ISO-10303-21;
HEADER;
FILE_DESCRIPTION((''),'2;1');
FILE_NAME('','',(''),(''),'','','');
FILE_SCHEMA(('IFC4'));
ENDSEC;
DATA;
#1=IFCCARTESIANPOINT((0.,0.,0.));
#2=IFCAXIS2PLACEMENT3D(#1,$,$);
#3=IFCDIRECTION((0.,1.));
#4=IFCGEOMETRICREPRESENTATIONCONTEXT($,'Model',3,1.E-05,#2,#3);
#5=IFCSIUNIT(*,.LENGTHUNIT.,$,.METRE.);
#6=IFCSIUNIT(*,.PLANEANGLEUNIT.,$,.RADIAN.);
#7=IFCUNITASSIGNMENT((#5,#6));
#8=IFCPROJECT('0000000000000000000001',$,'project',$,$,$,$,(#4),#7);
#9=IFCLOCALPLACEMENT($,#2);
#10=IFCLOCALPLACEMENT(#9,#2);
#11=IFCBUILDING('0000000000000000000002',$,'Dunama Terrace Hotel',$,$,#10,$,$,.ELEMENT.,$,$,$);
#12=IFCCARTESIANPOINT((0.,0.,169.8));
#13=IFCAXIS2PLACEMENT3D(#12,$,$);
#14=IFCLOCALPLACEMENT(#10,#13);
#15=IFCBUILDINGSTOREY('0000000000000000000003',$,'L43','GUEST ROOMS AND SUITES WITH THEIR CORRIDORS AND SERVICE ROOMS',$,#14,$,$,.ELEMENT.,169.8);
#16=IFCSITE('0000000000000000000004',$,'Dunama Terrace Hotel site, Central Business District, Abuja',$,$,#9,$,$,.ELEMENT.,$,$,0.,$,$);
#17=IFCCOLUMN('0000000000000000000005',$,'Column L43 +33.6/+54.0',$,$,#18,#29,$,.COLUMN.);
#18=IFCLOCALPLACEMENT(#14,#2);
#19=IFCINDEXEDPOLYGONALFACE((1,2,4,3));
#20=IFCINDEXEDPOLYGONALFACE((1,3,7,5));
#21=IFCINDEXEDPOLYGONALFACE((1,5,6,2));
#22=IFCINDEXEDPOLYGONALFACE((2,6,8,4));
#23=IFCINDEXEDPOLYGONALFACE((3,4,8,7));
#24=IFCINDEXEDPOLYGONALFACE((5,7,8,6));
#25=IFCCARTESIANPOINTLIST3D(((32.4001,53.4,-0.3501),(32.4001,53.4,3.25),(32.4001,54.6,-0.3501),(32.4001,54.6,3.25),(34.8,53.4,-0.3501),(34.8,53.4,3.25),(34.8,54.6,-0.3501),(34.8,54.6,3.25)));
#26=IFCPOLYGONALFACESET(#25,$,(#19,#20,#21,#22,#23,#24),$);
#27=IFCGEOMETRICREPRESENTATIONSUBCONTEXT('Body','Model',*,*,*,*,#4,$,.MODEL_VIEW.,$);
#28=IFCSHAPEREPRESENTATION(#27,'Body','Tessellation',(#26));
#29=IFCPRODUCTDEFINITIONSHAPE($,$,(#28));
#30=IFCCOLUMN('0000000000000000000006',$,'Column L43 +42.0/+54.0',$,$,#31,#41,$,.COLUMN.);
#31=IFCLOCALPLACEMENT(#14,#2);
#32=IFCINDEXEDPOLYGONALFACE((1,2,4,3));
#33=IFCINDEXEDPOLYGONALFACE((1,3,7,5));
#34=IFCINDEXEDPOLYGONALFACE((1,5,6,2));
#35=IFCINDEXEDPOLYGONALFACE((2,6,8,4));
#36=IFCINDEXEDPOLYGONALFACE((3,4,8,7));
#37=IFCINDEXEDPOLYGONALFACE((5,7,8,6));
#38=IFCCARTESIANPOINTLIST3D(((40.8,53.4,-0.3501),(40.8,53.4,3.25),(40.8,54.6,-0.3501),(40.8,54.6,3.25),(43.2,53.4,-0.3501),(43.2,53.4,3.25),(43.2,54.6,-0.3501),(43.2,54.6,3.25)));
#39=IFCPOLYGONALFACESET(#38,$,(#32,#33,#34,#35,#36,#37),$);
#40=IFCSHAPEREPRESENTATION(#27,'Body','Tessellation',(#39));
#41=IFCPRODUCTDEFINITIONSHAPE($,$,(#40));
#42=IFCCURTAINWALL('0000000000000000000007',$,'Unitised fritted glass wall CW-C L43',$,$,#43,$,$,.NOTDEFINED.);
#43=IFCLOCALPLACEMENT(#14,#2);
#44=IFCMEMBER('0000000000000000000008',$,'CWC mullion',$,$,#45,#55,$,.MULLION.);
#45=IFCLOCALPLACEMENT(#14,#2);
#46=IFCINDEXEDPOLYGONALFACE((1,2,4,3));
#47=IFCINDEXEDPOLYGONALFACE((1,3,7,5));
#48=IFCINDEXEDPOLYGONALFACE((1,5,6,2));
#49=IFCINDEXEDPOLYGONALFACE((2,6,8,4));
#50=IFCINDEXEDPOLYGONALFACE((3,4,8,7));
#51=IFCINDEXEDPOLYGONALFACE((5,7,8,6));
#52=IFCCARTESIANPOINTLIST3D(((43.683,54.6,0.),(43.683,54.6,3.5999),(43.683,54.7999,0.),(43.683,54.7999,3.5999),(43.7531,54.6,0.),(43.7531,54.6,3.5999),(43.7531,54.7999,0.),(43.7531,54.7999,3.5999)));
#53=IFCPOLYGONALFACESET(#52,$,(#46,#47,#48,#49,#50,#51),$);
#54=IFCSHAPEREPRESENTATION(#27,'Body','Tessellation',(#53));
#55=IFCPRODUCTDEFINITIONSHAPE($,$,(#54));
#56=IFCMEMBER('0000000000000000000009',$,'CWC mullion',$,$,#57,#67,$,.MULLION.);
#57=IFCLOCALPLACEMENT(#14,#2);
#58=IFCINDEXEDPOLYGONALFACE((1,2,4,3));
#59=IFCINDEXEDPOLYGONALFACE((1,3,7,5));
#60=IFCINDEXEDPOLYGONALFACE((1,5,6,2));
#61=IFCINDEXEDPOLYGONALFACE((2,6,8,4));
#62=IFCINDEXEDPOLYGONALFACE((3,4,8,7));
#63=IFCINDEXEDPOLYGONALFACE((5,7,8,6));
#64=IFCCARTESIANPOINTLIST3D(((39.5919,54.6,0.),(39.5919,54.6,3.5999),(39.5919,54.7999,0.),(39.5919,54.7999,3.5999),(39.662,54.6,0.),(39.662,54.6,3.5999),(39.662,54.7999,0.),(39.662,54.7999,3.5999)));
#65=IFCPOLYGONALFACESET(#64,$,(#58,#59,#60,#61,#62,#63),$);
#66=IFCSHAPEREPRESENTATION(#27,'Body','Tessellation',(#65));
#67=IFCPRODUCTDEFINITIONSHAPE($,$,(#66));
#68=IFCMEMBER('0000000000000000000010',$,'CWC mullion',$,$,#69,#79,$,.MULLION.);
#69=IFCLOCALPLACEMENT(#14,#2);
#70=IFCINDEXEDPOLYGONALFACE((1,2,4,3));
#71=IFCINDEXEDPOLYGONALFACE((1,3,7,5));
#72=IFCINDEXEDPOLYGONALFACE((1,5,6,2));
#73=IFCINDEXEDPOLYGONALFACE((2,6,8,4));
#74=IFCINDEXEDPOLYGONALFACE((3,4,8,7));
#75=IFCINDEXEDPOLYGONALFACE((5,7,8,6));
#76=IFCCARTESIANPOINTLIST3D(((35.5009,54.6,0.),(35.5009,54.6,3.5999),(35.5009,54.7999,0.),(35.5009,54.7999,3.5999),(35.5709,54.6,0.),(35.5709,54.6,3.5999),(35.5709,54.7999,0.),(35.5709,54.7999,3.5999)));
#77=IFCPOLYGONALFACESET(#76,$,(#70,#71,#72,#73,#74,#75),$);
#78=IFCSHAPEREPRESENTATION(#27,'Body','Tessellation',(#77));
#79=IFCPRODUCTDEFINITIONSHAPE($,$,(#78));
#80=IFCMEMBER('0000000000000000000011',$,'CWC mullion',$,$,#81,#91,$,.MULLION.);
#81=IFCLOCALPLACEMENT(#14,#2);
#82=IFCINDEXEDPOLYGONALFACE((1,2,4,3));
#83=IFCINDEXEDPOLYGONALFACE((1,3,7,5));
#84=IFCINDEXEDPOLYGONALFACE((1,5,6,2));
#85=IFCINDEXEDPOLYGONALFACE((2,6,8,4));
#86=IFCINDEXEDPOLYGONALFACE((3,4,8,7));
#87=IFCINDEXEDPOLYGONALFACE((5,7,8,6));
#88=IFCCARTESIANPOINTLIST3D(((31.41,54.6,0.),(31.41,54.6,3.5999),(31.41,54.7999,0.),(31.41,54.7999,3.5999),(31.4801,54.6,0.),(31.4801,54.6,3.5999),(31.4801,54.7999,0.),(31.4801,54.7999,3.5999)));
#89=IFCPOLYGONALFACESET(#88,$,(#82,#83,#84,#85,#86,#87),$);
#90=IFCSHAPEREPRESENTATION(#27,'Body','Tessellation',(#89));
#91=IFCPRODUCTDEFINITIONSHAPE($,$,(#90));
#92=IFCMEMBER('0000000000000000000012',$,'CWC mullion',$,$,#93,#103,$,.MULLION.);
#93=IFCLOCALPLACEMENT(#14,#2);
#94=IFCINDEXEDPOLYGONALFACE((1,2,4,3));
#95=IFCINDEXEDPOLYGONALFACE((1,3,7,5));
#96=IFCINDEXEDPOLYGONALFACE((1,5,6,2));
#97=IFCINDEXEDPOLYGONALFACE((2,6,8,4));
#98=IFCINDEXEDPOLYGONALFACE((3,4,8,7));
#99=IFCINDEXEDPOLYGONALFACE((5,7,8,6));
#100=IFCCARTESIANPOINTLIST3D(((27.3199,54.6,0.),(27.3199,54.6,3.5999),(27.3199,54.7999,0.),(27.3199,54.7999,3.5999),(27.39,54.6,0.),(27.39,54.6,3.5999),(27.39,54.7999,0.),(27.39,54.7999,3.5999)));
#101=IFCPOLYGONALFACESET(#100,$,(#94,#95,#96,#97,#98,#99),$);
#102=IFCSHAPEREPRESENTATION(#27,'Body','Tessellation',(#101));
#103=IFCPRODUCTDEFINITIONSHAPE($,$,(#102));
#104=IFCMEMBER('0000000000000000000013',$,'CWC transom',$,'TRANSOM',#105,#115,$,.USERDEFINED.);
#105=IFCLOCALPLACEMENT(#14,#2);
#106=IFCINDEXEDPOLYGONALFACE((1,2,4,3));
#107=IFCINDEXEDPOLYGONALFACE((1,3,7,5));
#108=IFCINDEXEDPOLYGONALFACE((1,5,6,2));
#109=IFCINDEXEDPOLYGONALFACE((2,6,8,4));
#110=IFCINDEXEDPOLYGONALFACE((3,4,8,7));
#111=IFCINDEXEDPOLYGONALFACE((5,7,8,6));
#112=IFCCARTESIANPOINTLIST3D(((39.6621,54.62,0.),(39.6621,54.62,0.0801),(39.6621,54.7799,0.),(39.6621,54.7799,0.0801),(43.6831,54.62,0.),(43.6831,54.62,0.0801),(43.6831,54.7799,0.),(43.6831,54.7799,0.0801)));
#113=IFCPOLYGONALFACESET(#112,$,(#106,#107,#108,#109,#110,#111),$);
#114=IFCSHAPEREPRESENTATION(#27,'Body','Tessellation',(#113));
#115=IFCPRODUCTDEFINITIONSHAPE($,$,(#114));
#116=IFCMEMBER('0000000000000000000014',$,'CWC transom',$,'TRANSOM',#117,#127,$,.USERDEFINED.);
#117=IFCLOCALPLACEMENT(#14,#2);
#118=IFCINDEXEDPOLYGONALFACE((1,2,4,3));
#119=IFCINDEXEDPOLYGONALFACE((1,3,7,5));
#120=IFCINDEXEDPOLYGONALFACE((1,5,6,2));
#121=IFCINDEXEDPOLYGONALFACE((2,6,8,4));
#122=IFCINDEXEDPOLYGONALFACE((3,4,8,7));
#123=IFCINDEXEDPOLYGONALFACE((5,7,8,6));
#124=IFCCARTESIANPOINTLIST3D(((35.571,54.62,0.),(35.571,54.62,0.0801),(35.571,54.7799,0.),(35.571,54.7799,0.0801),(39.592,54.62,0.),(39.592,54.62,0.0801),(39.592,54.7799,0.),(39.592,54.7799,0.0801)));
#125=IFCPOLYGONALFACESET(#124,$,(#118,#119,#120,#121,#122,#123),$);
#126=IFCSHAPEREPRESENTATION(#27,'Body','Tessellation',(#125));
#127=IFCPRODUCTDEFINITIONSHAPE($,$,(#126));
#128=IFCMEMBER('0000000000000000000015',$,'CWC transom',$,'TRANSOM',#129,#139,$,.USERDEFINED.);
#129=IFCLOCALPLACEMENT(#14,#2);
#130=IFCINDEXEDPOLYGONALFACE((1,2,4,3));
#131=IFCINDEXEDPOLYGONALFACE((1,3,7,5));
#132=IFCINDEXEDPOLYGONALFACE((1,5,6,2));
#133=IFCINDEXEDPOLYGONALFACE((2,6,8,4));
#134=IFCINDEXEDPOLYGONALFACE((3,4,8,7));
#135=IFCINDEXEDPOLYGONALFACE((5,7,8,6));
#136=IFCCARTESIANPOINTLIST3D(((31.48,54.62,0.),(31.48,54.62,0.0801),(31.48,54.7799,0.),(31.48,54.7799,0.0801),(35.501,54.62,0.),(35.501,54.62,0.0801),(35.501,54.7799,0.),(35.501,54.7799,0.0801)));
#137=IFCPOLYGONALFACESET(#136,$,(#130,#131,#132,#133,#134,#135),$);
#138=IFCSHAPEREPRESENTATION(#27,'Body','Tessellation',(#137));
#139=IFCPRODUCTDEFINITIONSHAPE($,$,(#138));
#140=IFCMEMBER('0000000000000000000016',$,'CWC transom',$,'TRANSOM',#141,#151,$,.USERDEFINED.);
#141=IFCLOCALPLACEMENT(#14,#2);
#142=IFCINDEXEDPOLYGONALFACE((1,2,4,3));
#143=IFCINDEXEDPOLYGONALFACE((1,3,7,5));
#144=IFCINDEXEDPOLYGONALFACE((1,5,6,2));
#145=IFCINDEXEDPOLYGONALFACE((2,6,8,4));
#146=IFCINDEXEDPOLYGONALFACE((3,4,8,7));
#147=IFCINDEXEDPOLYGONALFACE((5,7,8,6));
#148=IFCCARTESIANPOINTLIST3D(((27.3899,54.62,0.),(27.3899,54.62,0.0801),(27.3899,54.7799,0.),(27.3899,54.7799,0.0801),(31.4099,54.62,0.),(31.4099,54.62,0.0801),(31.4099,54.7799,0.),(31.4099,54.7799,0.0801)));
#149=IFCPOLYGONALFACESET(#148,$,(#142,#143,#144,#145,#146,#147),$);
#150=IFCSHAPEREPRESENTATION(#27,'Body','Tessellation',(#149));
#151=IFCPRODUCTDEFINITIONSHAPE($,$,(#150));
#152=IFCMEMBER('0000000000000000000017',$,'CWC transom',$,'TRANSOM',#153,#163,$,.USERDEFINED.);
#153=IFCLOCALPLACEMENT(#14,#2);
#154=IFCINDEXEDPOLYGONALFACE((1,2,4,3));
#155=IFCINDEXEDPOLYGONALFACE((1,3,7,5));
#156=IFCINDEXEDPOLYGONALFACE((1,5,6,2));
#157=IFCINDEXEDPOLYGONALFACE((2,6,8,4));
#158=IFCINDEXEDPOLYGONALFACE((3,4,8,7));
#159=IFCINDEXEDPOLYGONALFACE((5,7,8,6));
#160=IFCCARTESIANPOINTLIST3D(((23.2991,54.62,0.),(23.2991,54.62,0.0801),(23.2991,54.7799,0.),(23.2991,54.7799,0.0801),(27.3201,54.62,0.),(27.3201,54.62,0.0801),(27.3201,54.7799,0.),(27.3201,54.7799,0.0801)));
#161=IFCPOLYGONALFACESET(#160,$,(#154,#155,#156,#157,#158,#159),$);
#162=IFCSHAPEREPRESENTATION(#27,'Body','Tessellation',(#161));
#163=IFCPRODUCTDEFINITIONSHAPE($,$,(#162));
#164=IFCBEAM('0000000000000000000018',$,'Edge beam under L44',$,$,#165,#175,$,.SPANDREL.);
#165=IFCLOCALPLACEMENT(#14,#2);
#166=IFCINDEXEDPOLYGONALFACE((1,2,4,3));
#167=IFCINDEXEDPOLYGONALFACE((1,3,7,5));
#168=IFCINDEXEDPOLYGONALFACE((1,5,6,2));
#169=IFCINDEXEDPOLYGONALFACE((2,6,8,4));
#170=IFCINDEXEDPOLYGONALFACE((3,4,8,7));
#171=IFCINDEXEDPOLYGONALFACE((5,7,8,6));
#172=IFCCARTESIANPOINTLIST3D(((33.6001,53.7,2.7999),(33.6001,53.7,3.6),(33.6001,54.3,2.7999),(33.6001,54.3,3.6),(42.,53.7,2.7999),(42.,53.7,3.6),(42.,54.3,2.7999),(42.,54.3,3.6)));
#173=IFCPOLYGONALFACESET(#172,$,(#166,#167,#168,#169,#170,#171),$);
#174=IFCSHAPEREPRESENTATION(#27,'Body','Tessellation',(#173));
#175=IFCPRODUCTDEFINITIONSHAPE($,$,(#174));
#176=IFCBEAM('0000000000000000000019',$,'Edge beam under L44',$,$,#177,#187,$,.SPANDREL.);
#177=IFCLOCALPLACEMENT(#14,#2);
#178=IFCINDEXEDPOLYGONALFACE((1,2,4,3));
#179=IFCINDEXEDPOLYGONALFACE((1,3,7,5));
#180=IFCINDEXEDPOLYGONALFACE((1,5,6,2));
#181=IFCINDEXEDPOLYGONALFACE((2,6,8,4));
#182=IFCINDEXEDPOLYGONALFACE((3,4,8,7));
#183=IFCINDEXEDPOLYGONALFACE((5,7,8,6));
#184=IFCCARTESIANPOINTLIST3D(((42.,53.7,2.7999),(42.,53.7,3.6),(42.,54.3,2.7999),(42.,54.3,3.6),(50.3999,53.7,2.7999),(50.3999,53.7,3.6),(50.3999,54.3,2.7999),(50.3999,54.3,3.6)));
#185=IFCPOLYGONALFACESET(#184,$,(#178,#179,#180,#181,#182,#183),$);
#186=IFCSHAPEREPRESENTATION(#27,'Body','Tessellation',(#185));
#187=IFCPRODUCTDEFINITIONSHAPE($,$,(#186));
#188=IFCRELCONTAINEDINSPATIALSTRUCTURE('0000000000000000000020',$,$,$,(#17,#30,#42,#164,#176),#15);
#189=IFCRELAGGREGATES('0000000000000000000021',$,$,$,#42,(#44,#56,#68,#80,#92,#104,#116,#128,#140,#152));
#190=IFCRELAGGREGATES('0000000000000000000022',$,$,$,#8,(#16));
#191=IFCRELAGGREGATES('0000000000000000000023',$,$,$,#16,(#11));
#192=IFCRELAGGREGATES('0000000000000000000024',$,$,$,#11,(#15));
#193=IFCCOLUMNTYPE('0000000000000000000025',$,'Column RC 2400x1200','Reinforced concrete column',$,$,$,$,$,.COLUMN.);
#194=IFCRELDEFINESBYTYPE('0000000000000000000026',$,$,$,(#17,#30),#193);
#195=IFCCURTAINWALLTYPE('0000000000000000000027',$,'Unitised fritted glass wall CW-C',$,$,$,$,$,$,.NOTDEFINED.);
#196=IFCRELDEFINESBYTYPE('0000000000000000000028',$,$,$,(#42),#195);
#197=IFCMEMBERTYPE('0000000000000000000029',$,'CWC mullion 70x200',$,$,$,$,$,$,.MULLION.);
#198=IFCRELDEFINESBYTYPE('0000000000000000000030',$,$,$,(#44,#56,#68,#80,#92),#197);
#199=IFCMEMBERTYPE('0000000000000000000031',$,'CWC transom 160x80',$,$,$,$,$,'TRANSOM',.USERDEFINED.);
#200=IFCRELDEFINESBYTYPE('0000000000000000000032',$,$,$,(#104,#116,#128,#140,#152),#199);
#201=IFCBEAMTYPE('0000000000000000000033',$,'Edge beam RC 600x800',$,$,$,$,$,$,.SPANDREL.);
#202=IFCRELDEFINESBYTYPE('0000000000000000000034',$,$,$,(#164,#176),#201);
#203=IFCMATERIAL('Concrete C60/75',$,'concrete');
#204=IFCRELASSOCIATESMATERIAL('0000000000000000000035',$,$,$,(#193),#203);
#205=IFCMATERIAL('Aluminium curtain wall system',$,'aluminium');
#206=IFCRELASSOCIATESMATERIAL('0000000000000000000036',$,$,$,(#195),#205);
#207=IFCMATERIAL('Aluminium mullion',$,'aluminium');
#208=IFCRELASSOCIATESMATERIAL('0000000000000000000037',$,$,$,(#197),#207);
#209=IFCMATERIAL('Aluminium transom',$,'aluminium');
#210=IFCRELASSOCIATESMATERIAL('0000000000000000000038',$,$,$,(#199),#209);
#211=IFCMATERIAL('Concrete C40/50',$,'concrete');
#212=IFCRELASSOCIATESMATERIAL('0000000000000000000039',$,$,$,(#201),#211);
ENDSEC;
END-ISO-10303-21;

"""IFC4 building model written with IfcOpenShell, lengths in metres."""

from ifc_helpers import new_model, si_unit, direction, frame, origin, origin_2d, place, context, subcontext, project, spatial, rectangle, extrude, material, material_profile, profile_set, type_object, element, aggregate, save


model = new_model("IFC4")

# Units and contexts
model_context = context("Model", 3, precision=1e-05, world=origin(), true_north=direction((0.0, 1.0)))
body_context = subcontext(model_context, "Body", "Model", "MODEL_VIEW")
ifc_project = project(units=[si_unit("LENGTHUNIT", "METRE"), si_unit("PLANEANGLEUNIT", "RADIAN")], contexts=[model_context])

# Site, building, storey
site_placement = place(None, origin())
site = spatial("IfcSite", under=ifc_project, at=site_placement, Name="Dunama Terrace Hotel site, Central Business District, Abuja", CompositionType="ELEMENT", RefElevation=0.0)
building_placement = place(site_placement, origin())
building = spatial("IfcBuilding", under=site, at=building_placement, Name="Dunama Terrace Hotel", CompositionType="ELEMENT")
storey_placement = place(building_placement, frame((0.0, 0.0, 169.8)))
storey = spatial("IfcBuildingStorey", under=building, at=storey_placement, Name="L43", Description="GUEST ROOMS AND SUITES WITH THEIR CORRIDORS AND SERVICE ROOMS", CompositionType="ELEMENT", Elevation=169.8)

# Columns
ifc_material_1 = material(Name="Concrete C60/75", Category="concrete")
ifc_material_profile_1 = material_profile(ifc_material_1, rectangle(XDim=2.3999, YDim=1.2, at=origin_2d()), Name="RC 2400x1200")
ifc_profile_set_1 = profile_set([ifc_material_profile_1], Name="Concrete C60/75")
column_type = type_object("IfcColumnType", Name="Column RC 2400x1200", Description="Reinforced concrete column", PredefinedType="COLUMN", material=ifc_profile_set_1)
for number, where, z_axis, x_axis, name in (
    (1, (33.6001, 54.0, -0.3501), (0.0, 0.0, 1.0), (1.0, 0.0, 0.0), "Column L43 +33.6/+54.0"),
    (2, (42.0, 54.0, -0.3501), (0.0, 0.0, 1.0), (1.0, 0.0, 0.0), "Column L43 +42.0/+54.0"),
):
    element("IfcColumn", number, at=place(storey_placement, frame(where, z_axis=z_axis, x_axis=x_axis)), inside=storey, type_object=column_type, Name=name, PredefinedType="COLUMN", context=body_context, shape_type="SweptSolid", body=[
        extrude(rectangle(XDim=2.3999, YDim=1.2, at=origin_2d()), origin(), (0.0, 0.0, 1.0), 3.6001),
    ])

# Curtain wall, members
ifc_material_2 = material(Name="Aluminium curtain wall system", Category="aluminium")
curtain_wall_type = type_object("IfcCurtainWallType", Name="Unitised fritted glass wall CW-C", PredefinedType="NOTDEFINED", material=ifc_material_2)
curtain_wall_placement = place(storey_placement, origin())
curtain_wall = element("IfcCurtainWall", 3, at=curtain_wall_placement, inside=storey, type_object=curtain_wall_type, Name="Unitised fritted glass wall CW-C L43", PredefinedType="NOTDEFINED")
ifc_material_3 = material(Name="Aluminium mullion", Category="aluminium")
ifc_material_profile_2 = material_profile(ifc_material_3, rectangle(XDim=0.0701, YDim=0.2, at=origin_2d()), Name="CWC MULLION 70X200")
ifc_profile_set_2 = profile_set([ifc_material_profile_2], Name="Aluminium mullion")
member_type_1 = type_object("IfcMemberType", Name="CWC mullion 70x200", PredefinedType="MULLION", material=ifc_profile_set_2)
member_1_placement = place(storey_placement, frame((43.718, 54.7, 0.0), z_axis=(0.0, 0.0, 1.0), x_axis=(-1.0, 0.0, 0.0)))
member_1 = element("IfcMember", 4, at=member_1_placement, type_object=member_type_1, Name="CWC mullion", PredefinedType="MULLION", context=body_context, shape_type="SweptSolid", body=[
    extrude(rectangle(XDim=0.0701, YDim=0.2, at=origin_2d()), origin(), (0.0, 0.0, 1.0), 3.5999),
])
member_2_placement = place(storey_placement, frame((39.627, 54.7, 0.0), z_axis=(0.0, 0.0, 1.0), x_axis=(-1.0, 0.0, 0.0)))
member_2 = element("IfcMember", 5, at=member_2_placement, type_object=member_type_1, Name="CWC mullion", PredefinedType="MULLION", context=body_context, shape_type="SweptSolid", body=[
    extrude(rectangle(XDim=0.0701, YDim=0.2, at=origin_2d()), origin(), (0.0, 0.0, 1.0), 3.5999),
])
member_3_placement = place(storey_placement, frame((35.5359, 54.7, 0.0), z_axis=(0.0, 0.0, 1.0), x_axis=(-1.0, 0.0, 0.0)))
member_3 = element("IfcMember", 6, at=member_3_placement, type_object=member_type_1, Name="CWC mullion", PredefinedType="MULLION", context=body_context, shape_type="SweptSolid", body=[
    extrude(rectangle(XDim=0.0701, YDim=0.2, at=origin_2d()), origin(), (0.0, 0.0, 1.0), 3.5999),
])
member_4_placement = place(storey_placement, frame((31.4451, 54.7, 0.0), z_axis=(0.0, 0.0, 1.0), x_axis=(-1.0, 0.0, 0.0)))
member_4 = element("IfcMember", 7, at=member_4_placement, type_object=member_type_1, Name="CWC mullion", PredefinedType="MULLION", context=body_context, shape_type="SweptSolid", body=[
    extrude(rectangle(XDim=0.0701, YDim=0.2, at=origin_2d()), origin(), (0.0, 0.0, 1.0), 3.5999),
])
member_5_placement = place(storey_placement, frame((27.355, 54.7, 0.0), z_axis=(0.0, 0.0, 1.0), x_axis=(-1.0, 0.0, 0.0)))
member_5 = element("IfcMember", 8, at=member_5_placement, type_object=member_type_1, Name="CWC mullion", PredefinedType="MULLION", context=body_context, shape_type="SweptSolid", body=[
    extrude(rectangle(XDim=0.0701, YDim=0.2, at=origin_2d()), origin(), (0.0, 0.0, 1.0), 3.5999),
])
ifc_material_4 = material(Name="Aluminium transom", Category="aluminium")
ifc_material_profile_3 = material_profile(ifc_material_4, rectangle(XDim=0.1599, YDim=0.0801, at=origin_2d()), Name="CWC TRANSOM 160X80")
ifc_profile_set_3 = profile_set([ifc_material_profile_3], Name="Aluminium transom")
member_type_2 = type_object("IfcMemberType", Name="CWC transom 160x80", ElementType="TRANSOM", PredefinedType="USERDEFINED", material=ifc_profile_set_3)
member_6_placement = place(storey_placement, frame((43.6831, 54.7, 0.04), z_axis=(-1.0, 0.0, 0.0), x_axis=(0.0, -1.0, 0.0)))
member_6 = element("IfcMember", 9, at=member_6_placement, type_object=member_type_2, Name="CWC transom", ObjectType="TRANSOM", PredefinedType="USERDEFINED", context=body_context, shape_type="SweptSolid", body=[
    extrude(rectangle(XDim=0.1599, YDim=0.0801, at=origin_2d()), origin(), (0.0, 0.0, 1.0), 4.021),
])
member_7_placement = place(storey_placement, frame((39.592, 54.7, 0.04), z_axis=(-1.0, 0.0, 0.0), x_axis=(0.0, -1.0, 0.0)))
member_7 = element("IfcMember", 10, at=member_7_placement, type_object=member_type_2, Name="CWC transom", ObjectType="TRANSOM", PredefinedType="USERDEFINED", context=body_context, shape_type="SweptSolid", body=[
    extrude(rectangle(XDim=0.1599, YDim=0.0801, at=origin_2d()), origin(), (0.0, 0.0, 1.0), 4.021),
])
member_8_placement = place(storey_placement, frame((35.501, 54.7, 0.04), z_axis=(-1.0, 0.0, 0.0), x_axis=(0.0, -1.0, 0.0)))
member_8 = element("IfcMember", 11, at=member_8_placement, type_object=member_type_2, Name="CWC transom", ObjectType="TRANSOM", PredefinedType="USERDEFINED", context=body_context, shape_type="SweptSolid", body=[
    extrude(rectangle(XDim=0.1599, YDim=0.0801, at=origin_2d()), origin(), (0.0, 0.0, 1.0), 4.021),
])
member_9_placement = place(storey_placement, frame((31.4099, 54.7, 0.04), z_axis=(-1.0, 0.0, 0.0), x_axis=(0.0, -1.0, 0.0)))
member_9 = element("IfcMember", 12, at=member_9_placement, type_object=member_type_2, Name="CWC transom", ObjectType="TRANSOM", PredefinedType="USERDEFINED", context=body_context, shape_type="SweptSolid", body=[
    extrude(rectangle(XDim=0.1599, YDim=0.0801, at=origin_2d()), origin(), (0.0, 0.0, 1.0), 4.02),
])
member_10_placement = place(storey_placement, frame((27.3201, 54.7, 0.04), z_axis=(-1.0, 0.0, 0.0), x_axis=(0.0, -1.0, 0.0)))
member_10 = element("IfcMember", 13, at=member_10_placement, type_object=member_type_2, Name="CWC transom", ObjectType="TRANSOM", PredefinedType="USERDEFINED", context=body_context, shape_type="SweptSolid", body=[
    extrude(rectangle(XDim=0.1599, YDim=0.0801, at=origin_2d()), origin(), (0.0, 0.0, 1.0), 4.021),
])

# Beams
ifc_material_5 = material(Name="Concrete C40/50", Category="concrete")
ifc_material_profile_4 = material_profile(ifc_material_5, rectangle(XDim=0.6001, YDim=0.8, at=origin_2d()), Name="RC 600x800")
ifc_profile_set_4 = profile_set([ifc_material_profile_4], Name="Concrete C40/50")
beam_type = type_object("IfcBeamType", Name="Edge beam RC 600x800", PredefinedType="SPANDREL", material=ifc_profile_set_4)
for number, where, z_axis, x_axis, name in (
    (14, (33.6001, 54.0, 3.2), (1.0, 0.0, 0.0), (0.0, 1.0, 0.0), "Edge beam under L44"),
    (15, (42.0, 54.0, 3.2), (1.0, 0.0, 0.0), (0.0, 1.0, 0.0), "Edge beam under L44"),
):
    element("IfcBeam", number, at=place(storey_placement, frame(where, z_axis=z_axis, x_axis=x_axis)), inside=storey, type_object=beam_type, Name=name, PredefinedType="SPANDREL", context=body_context, shape_type="SweptSolid", body=[
        extrude(rectangle(XDim=0.6001, YDim=0.8, at=origin_2d()), origin(), (0.0, 0.0, 1.0), 8.3999),
    ])

aggregate(curtain_wall, [member_1, member_2, member_3, member_4, member_5, member_6, member_7, member_8, member_9, member_10])

save(model, "model.ifc")
